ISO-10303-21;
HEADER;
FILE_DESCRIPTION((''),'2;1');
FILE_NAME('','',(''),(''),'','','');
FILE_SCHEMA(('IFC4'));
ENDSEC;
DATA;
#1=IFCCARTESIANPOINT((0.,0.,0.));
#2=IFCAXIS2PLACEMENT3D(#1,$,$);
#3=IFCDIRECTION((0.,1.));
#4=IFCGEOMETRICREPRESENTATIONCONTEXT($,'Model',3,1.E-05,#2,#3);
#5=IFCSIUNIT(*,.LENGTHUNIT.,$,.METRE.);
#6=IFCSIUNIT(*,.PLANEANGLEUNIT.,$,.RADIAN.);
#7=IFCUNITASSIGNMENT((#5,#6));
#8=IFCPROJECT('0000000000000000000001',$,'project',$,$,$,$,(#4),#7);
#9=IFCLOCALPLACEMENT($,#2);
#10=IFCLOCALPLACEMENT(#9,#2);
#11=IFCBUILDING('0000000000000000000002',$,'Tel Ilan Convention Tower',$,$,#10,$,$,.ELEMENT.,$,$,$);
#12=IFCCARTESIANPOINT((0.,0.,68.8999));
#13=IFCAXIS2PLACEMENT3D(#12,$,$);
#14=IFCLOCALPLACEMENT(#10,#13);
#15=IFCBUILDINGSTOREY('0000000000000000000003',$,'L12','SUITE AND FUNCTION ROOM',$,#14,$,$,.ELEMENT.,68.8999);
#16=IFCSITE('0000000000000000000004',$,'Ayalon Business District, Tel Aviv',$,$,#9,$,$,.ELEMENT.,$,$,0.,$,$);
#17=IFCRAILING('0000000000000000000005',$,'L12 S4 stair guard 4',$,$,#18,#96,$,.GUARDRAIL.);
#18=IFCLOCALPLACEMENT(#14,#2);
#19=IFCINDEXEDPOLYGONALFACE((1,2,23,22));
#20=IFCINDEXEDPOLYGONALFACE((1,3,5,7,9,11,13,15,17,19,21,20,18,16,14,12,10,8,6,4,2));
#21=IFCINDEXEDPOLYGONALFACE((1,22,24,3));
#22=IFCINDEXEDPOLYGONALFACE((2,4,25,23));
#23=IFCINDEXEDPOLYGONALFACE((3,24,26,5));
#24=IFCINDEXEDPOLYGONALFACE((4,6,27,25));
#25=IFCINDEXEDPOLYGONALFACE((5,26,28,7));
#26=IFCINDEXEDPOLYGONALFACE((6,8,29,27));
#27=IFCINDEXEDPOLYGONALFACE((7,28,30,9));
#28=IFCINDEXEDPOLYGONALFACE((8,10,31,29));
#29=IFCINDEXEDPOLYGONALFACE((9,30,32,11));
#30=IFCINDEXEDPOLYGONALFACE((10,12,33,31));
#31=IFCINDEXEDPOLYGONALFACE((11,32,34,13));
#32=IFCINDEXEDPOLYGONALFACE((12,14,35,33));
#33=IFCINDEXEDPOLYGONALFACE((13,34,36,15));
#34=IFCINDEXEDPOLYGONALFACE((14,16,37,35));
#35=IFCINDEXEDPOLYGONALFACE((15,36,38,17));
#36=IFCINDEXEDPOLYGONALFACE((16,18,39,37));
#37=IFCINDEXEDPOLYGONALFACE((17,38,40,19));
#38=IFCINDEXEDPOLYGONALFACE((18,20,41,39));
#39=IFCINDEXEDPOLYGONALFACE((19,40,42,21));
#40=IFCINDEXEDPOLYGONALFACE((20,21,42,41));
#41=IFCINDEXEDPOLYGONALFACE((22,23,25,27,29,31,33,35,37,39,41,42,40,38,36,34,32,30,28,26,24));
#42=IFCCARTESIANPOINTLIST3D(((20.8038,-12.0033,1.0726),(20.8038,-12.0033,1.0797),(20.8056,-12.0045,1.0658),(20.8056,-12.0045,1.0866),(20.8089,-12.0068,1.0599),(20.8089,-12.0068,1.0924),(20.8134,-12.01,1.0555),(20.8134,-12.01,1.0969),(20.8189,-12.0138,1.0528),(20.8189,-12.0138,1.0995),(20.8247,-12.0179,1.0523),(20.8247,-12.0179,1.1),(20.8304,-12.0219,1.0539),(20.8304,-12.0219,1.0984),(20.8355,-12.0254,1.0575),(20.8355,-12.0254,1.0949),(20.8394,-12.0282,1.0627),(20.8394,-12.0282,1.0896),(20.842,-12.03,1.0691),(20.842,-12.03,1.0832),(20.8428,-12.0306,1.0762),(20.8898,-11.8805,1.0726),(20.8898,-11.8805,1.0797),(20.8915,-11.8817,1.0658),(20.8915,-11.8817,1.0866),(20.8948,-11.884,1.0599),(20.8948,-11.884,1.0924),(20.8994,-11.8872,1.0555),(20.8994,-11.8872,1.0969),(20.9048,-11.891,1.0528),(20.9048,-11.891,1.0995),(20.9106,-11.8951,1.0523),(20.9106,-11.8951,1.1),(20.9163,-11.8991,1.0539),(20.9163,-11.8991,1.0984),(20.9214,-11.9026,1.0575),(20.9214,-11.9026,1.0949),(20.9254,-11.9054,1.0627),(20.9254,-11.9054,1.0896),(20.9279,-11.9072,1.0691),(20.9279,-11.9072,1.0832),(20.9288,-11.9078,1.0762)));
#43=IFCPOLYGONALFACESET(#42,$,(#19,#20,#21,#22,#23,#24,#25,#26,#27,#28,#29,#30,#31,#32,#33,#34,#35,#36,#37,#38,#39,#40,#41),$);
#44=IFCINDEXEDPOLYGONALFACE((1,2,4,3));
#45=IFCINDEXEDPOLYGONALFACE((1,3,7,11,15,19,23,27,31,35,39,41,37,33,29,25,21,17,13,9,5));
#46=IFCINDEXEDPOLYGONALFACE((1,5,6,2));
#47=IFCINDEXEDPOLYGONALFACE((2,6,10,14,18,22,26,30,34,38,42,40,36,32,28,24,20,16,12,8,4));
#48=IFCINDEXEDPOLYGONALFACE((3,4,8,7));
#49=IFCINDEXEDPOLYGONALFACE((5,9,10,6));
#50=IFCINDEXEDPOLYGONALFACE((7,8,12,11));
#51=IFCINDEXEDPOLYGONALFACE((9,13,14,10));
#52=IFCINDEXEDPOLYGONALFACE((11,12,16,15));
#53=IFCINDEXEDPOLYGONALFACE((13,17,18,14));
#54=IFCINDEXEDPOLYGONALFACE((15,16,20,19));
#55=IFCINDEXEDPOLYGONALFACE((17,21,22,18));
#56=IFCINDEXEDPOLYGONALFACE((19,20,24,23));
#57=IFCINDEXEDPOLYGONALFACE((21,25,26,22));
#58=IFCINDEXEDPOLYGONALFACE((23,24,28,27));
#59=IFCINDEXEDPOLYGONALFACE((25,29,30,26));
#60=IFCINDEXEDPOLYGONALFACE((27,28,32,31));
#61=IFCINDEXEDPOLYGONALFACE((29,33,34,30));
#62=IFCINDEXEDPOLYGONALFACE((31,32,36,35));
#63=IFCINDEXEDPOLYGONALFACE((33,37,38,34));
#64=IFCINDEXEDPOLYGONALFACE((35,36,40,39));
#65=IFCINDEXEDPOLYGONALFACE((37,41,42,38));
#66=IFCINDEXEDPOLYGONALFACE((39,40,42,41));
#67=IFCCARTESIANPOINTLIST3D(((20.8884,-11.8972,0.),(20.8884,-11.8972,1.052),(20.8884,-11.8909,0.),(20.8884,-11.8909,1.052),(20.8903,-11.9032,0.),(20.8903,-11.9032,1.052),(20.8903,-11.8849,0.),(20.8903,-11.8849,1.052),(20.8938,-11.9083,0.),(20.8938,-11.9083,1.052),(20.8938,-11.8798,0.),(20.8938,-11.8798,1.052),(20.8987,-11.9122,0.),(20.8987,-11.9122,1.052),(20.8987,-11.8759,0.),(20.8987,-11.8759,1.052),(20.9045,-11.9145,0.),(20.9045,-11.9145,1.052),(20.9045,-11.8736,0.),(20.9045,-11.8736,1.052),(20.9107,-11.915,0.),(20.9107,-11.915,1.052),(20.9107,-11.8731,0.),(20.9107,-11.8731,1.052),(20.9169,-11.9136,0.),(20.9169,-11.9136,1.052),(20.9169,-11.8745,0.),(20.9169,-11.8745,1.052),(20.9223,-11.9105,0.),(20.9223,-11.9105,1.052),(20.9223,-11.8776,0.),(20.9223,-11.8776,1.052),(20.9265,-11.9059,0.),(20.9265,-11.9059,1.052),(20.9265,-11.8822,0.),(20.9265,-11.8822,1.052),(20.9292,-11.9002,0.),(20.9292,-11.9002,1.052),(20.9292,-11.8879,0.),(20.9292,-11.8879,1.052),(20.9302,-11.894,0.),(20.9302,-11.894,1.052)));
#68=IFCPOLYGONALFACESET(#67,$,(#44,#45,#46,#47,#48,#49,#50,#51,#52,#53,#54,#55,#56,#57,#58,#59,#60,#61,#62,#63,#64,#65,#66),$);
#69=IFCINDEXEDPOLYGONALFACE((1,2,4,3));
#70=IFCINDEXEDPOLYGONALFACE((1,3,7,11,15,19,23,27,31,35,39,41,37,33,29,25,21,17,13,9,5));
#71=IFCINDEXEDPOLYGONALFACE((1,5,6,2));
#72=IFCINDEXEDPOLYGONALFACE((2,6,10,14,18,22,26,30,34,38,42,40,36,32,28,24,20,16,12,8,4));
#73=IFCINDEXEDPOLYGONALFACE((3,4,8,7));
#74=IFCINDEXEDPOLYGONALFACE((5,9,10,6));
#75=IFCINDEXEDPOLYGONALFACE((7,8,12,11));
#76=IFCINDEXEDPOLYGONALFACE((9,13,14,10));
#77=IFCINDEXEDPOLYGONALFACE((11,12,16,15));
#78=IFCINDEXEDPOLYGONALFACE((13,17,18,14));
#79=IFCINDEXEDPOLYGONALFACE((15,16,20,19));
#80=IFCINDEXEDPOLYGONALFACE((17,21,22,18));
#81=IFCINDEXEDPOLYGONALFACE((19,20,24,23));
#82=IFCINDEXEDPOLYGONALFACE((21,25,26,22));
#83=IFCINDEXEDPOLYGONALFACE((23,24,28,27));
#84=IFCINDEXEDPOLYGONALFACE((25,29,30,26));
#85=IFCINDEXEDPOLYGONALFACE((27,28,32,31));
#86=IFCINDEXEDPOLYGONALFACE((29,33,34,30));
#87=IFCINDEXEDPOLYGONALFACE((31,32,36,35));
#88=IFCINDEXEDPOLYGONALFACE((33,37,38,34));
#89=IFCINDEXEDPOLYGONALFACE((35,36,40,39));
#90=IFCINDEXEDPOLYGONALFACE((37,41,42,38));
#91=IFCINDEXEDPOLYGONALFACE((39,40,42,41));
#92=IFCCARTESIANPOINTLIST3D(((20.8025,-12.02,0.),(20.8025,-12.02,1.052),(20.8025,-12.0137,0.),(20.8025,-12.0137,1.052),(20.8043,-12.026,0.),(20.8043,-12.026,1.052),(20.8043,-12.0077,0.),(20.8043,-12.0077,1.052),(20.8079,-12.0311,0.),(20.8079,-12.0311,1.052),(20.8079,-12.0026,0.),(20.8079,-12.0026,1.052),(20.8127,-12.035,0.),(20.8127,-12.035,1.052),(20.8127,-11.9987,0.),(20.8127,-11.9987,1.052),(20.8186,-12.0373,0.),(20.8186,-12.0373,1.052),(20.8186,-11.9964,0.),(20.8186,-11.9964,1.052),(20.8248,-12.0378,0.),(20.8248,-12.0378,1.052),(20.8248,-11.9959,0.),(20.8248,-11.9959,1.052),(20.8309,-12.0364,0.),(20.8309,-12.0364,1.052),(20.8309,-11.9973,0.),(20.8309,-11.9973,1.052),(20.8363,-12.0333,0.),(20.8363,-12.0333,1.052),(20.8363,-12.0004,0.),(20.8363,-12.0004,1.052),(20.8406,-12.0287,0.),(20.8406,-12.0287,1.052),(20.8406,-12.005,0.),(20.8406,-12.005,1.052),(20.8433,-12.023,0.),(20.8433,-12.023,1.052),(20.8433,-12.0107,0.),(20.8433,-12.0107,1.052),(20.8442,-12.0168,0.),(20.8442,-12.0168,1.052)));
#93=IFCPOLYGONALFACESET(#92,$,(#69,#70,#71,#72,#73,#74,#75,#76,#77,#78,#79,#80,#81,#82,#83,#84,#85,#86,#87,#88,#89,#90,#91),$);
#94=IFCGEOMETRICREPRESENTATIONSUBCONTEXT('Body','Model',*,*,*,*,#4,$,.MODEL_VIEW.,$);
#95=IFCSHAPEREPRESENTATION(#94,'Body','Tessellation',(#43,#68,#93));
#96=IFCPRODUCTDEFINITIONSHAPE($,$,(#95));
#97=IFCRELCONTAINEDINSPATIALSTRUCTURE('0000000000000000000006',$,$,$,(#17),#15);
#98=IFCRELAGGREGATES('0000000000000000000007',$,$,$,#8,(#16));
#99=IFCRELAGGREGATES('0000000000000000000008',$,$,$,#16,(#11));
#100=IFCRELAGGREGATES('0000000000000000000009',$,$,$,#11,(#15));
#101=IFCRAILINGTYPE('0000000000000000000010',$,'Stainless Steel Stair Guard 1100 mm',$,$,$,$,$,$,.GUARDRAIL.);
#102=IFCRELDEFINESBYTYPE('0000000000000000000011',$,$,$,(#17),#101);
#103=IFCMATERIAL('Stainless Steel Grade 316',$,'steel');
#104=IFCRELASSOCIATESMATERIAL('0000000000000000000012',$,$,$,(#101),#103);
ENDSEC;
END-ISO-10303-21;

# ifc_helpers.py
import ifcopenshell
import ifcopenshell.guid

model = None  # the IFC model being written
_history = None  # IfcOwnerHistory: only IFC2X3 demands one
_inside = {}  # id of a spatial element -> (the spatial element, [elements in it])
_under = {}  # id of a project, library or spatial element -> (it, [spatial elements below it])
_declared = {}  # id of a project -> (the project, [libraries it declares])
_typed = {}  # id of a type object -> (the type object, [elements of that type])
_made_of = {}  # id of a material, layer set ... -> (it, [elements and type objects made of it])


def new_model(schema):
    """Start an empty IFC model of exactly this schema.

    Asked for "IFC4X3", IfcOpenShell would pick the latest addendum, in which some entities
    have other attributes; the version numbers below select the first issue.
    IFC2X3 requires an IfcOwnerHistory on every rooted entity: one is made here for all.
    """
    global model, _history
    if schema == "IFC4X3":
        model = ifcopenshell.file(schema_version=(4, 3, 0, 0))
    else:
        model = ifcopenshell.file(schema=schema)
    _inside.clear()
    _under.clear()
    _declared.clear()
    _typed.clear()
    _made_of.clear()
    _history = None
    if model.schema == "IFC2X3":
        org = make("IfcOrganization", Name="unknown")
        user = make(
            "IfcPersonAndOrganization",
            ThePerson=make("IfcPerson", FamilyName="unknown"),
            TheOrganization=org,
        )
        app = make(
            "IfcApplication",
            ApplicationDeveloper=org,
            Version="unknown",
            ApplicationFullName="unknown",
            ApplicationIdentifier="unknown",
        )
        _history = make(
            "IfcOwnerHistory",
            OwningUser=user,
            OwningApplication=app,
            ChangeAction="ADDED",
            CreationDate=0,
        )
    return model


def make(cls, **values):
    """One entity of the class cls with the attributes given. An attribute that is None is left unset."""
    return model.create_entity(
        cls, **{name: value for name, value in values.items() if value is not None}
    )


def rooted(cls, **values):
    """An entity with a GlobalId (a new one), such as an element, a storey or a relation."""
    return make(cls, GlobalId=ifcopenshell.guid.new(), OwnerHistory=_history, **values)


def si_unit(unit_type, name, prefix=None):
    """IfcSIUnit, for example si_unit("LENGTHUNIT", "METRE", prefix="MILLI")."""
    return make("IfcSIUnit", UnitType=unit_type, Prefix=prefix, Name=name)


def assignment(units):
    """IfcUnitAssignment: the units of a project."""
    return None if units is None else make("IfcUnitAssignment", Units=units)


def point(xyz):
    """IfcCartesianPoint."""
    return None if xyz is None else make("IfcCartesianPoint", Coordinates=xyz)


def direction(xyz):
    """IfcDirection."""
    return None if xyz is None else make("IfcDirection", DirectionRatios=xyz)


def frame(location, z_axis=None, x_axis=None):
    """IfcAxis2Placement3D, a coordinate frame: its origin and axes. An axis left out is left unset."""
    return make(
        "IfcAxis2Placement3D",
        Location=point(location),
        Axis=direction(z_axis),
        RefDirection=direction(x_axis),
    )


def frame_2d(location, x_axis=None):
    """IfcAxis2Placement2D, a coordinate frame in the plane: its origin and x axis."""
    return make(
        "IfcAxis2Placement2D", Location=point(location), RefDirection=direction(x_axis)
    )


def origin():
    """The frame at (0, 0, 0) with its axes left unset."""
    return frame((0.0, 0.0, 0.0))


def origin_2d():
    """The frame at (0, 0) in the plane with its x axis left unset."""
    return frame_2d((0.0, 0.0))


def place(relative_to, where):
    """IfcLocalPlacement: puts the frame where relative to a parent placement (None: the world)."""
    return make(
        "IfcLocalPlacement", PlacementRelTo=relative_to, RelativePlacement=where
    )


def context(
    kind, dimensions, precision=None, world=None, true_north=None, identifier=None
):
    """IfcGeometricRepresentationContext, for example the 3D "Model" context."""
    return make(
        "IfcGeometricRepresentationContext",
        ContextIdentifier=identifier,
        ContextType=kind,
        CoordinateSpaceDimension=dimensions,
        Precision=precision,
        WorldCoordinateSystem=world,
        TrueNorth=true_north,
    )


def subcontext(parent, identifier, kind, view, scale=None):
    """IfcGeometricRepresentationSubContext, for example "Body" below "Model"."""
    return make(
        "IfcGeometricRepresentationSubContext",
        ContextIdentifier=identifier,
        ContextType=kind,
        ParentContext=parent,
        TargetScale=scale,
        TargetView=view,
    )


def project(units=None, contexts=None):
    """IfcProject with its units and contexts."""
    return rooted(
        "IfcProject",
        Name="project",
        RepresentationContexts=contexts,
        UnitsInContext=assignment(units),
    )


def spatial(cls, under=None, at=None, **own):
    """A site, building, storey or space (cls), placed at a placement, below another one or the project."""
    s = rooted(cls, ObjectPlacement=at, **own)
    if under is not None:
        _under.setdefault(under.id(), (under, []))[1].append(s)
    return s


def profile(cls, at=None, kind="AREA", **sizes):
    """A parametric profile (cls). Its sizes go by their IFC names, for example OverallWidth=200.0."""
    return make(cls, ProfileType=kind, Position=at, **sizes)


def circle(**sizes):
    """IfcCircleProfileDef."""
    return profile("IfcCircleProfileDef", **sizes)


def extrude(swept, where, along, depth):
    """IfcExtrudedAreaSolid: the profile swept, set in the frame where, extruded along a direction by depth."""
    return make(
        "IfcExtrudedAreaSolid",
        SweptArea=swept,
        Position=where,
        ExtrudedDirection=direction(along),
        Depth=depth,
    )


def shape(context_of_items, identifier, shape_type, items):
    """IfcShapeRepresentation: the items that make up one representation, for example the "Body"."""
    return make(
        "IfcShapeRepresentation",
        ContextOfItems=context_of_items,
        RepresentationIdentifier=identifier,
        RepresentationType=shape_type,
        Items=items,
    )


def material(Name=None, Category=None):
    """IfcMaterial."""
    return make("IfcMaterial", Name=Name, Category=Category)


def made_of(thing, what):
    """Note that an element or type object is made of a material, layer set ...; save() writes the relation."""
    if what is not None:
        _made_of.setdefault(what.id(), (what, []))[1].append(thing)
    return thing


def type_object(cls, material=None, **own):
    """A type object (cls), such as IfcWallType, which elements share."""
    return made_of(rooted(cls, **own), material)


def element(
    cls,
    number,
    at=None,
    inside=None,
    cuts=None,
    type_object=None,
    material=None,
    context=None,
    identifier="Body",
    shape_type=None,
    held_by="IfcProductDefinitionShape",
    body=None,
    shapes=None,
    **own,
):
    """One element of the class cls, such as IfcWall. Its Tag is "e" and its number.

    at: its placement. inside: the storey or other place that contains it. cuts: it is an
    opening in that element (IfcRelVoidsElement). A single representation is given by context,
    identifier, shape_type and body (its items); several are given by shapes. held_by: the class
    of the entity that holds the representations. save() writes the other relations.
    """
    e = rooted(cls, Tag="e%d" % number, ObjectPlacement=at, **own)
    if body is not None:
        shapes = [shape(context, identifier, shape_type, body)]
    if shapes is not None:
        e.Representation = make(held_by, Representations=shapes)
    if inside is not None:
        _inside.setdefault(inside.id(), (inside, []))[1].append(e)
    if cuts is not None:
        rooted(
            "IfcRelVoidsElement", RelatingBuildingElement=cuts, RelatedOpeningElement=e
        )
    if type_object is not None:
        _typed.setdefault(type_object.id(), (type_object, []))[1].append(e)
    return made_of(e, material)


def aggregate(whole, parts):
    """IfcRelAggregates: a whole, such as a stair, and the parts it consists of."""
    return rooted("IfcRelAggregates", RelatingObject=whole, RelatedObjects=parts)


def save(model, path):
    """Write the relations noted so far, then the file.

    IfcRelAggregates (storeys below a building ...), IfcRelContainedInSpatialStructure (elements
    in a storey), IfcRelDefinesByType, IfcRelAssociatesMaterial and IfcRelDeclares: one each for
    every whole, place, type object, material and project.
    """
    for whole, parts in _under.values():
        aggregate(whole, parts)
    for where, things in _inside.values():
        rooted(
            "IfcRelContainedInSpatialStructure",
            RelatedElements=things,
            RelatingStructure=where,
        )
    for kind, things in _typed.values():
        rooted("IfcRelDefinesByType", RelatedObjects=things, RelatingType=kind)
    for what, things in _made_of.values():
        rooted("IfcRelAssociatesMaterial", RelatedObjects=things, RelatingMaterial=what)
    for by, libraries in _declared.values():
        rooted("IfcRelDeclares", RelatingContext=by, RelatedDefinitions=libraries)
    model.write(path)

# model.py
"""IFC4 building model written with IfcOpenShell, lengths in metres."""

from ifc_helpers import new_model, si_unit, direction, frame, origin, origin_2d, place, context, subcontext, project, spatial, circle, extrude, material, type_object, element, save


model = new_model("IFC4")

# Units and contexts
model_context = context("Model", 3, precision=1e-05, world=origin(), true_north=direction((0.0, 1.0)))
body_context = subcontext(model_context, "Body", "Model", "MODEL_VIEW")
ifc_project = project(units=[si_unit("LENGTHUNIT", "METRE"), si_unit("PLANEANGLEUNIT", "RADIAN")], contexts=[model_context])

# Site, building, storey
site_placement = place(None, origin())
site = spatial("IfcSite", under=ifc_project, at=site_placement, Name="Ayalon Business District, Tel Aviv", CompositionType="ELEMENT", RefElevation=0.0)
building_placement = place(site_placement, origin())
building = spatial("IfcBuilding", under=site, at=building_placement, Name="Tel Ilan Convention Tower", CompositionType="ELEMENT")
storey_placement = place(building_placement, frame((0.0, 0.0, 68.8999)))
storey = spatial("IfcBuildingStorey", under=building, at=storey_placement, Name="L12", Description="SUITE AND FUNCTION ROOM", CompositionType="ELEMENT", Elevation=68.8999)

# Railing
ifc_material_1 = material(Name="Stainless Steel Grade 316", Category="steel")
railing_type_1 = type_object("IfcRailingType", Name="Stainless Steel Stair Guard 1100 mm", PredefinedType="GUARDRAIL", material=ifc_material_1)
railing_1_placement = place(storey_placement, frame((20.9092, -11.894, 0.0)))
element("IfcRailing", 1, at=railing_1_placement, inside=storey, type_object=railing_type_1, Name="L12 S4 stair guard 4", PredefinedType="GUARDRAIL", context=body_context, shape_type="SweptSolid", body=[
    extrude(circle(Radius=0.0239, at=origin_2d()), frame((0.0, 0.0, 1.0762), z_axis=(-0.573353, -0.819308, 0.0), x_axis=(0.819308, -0.573353, 0.0)), (0.0, 0.0, 1.0), 0.1499),
    extrude(circle(Radius=0.021, at=origin_2d()), origin(), (0.0, 0.0, 1.0), 1.052),
    extrude(circle(Radius=0.021, at=origin_2d()), frame((-0.0859, -0.1228, 0.0)), (0.0, 0.0, 1.0), 1.052),
])

save(model, "model.ifc")
